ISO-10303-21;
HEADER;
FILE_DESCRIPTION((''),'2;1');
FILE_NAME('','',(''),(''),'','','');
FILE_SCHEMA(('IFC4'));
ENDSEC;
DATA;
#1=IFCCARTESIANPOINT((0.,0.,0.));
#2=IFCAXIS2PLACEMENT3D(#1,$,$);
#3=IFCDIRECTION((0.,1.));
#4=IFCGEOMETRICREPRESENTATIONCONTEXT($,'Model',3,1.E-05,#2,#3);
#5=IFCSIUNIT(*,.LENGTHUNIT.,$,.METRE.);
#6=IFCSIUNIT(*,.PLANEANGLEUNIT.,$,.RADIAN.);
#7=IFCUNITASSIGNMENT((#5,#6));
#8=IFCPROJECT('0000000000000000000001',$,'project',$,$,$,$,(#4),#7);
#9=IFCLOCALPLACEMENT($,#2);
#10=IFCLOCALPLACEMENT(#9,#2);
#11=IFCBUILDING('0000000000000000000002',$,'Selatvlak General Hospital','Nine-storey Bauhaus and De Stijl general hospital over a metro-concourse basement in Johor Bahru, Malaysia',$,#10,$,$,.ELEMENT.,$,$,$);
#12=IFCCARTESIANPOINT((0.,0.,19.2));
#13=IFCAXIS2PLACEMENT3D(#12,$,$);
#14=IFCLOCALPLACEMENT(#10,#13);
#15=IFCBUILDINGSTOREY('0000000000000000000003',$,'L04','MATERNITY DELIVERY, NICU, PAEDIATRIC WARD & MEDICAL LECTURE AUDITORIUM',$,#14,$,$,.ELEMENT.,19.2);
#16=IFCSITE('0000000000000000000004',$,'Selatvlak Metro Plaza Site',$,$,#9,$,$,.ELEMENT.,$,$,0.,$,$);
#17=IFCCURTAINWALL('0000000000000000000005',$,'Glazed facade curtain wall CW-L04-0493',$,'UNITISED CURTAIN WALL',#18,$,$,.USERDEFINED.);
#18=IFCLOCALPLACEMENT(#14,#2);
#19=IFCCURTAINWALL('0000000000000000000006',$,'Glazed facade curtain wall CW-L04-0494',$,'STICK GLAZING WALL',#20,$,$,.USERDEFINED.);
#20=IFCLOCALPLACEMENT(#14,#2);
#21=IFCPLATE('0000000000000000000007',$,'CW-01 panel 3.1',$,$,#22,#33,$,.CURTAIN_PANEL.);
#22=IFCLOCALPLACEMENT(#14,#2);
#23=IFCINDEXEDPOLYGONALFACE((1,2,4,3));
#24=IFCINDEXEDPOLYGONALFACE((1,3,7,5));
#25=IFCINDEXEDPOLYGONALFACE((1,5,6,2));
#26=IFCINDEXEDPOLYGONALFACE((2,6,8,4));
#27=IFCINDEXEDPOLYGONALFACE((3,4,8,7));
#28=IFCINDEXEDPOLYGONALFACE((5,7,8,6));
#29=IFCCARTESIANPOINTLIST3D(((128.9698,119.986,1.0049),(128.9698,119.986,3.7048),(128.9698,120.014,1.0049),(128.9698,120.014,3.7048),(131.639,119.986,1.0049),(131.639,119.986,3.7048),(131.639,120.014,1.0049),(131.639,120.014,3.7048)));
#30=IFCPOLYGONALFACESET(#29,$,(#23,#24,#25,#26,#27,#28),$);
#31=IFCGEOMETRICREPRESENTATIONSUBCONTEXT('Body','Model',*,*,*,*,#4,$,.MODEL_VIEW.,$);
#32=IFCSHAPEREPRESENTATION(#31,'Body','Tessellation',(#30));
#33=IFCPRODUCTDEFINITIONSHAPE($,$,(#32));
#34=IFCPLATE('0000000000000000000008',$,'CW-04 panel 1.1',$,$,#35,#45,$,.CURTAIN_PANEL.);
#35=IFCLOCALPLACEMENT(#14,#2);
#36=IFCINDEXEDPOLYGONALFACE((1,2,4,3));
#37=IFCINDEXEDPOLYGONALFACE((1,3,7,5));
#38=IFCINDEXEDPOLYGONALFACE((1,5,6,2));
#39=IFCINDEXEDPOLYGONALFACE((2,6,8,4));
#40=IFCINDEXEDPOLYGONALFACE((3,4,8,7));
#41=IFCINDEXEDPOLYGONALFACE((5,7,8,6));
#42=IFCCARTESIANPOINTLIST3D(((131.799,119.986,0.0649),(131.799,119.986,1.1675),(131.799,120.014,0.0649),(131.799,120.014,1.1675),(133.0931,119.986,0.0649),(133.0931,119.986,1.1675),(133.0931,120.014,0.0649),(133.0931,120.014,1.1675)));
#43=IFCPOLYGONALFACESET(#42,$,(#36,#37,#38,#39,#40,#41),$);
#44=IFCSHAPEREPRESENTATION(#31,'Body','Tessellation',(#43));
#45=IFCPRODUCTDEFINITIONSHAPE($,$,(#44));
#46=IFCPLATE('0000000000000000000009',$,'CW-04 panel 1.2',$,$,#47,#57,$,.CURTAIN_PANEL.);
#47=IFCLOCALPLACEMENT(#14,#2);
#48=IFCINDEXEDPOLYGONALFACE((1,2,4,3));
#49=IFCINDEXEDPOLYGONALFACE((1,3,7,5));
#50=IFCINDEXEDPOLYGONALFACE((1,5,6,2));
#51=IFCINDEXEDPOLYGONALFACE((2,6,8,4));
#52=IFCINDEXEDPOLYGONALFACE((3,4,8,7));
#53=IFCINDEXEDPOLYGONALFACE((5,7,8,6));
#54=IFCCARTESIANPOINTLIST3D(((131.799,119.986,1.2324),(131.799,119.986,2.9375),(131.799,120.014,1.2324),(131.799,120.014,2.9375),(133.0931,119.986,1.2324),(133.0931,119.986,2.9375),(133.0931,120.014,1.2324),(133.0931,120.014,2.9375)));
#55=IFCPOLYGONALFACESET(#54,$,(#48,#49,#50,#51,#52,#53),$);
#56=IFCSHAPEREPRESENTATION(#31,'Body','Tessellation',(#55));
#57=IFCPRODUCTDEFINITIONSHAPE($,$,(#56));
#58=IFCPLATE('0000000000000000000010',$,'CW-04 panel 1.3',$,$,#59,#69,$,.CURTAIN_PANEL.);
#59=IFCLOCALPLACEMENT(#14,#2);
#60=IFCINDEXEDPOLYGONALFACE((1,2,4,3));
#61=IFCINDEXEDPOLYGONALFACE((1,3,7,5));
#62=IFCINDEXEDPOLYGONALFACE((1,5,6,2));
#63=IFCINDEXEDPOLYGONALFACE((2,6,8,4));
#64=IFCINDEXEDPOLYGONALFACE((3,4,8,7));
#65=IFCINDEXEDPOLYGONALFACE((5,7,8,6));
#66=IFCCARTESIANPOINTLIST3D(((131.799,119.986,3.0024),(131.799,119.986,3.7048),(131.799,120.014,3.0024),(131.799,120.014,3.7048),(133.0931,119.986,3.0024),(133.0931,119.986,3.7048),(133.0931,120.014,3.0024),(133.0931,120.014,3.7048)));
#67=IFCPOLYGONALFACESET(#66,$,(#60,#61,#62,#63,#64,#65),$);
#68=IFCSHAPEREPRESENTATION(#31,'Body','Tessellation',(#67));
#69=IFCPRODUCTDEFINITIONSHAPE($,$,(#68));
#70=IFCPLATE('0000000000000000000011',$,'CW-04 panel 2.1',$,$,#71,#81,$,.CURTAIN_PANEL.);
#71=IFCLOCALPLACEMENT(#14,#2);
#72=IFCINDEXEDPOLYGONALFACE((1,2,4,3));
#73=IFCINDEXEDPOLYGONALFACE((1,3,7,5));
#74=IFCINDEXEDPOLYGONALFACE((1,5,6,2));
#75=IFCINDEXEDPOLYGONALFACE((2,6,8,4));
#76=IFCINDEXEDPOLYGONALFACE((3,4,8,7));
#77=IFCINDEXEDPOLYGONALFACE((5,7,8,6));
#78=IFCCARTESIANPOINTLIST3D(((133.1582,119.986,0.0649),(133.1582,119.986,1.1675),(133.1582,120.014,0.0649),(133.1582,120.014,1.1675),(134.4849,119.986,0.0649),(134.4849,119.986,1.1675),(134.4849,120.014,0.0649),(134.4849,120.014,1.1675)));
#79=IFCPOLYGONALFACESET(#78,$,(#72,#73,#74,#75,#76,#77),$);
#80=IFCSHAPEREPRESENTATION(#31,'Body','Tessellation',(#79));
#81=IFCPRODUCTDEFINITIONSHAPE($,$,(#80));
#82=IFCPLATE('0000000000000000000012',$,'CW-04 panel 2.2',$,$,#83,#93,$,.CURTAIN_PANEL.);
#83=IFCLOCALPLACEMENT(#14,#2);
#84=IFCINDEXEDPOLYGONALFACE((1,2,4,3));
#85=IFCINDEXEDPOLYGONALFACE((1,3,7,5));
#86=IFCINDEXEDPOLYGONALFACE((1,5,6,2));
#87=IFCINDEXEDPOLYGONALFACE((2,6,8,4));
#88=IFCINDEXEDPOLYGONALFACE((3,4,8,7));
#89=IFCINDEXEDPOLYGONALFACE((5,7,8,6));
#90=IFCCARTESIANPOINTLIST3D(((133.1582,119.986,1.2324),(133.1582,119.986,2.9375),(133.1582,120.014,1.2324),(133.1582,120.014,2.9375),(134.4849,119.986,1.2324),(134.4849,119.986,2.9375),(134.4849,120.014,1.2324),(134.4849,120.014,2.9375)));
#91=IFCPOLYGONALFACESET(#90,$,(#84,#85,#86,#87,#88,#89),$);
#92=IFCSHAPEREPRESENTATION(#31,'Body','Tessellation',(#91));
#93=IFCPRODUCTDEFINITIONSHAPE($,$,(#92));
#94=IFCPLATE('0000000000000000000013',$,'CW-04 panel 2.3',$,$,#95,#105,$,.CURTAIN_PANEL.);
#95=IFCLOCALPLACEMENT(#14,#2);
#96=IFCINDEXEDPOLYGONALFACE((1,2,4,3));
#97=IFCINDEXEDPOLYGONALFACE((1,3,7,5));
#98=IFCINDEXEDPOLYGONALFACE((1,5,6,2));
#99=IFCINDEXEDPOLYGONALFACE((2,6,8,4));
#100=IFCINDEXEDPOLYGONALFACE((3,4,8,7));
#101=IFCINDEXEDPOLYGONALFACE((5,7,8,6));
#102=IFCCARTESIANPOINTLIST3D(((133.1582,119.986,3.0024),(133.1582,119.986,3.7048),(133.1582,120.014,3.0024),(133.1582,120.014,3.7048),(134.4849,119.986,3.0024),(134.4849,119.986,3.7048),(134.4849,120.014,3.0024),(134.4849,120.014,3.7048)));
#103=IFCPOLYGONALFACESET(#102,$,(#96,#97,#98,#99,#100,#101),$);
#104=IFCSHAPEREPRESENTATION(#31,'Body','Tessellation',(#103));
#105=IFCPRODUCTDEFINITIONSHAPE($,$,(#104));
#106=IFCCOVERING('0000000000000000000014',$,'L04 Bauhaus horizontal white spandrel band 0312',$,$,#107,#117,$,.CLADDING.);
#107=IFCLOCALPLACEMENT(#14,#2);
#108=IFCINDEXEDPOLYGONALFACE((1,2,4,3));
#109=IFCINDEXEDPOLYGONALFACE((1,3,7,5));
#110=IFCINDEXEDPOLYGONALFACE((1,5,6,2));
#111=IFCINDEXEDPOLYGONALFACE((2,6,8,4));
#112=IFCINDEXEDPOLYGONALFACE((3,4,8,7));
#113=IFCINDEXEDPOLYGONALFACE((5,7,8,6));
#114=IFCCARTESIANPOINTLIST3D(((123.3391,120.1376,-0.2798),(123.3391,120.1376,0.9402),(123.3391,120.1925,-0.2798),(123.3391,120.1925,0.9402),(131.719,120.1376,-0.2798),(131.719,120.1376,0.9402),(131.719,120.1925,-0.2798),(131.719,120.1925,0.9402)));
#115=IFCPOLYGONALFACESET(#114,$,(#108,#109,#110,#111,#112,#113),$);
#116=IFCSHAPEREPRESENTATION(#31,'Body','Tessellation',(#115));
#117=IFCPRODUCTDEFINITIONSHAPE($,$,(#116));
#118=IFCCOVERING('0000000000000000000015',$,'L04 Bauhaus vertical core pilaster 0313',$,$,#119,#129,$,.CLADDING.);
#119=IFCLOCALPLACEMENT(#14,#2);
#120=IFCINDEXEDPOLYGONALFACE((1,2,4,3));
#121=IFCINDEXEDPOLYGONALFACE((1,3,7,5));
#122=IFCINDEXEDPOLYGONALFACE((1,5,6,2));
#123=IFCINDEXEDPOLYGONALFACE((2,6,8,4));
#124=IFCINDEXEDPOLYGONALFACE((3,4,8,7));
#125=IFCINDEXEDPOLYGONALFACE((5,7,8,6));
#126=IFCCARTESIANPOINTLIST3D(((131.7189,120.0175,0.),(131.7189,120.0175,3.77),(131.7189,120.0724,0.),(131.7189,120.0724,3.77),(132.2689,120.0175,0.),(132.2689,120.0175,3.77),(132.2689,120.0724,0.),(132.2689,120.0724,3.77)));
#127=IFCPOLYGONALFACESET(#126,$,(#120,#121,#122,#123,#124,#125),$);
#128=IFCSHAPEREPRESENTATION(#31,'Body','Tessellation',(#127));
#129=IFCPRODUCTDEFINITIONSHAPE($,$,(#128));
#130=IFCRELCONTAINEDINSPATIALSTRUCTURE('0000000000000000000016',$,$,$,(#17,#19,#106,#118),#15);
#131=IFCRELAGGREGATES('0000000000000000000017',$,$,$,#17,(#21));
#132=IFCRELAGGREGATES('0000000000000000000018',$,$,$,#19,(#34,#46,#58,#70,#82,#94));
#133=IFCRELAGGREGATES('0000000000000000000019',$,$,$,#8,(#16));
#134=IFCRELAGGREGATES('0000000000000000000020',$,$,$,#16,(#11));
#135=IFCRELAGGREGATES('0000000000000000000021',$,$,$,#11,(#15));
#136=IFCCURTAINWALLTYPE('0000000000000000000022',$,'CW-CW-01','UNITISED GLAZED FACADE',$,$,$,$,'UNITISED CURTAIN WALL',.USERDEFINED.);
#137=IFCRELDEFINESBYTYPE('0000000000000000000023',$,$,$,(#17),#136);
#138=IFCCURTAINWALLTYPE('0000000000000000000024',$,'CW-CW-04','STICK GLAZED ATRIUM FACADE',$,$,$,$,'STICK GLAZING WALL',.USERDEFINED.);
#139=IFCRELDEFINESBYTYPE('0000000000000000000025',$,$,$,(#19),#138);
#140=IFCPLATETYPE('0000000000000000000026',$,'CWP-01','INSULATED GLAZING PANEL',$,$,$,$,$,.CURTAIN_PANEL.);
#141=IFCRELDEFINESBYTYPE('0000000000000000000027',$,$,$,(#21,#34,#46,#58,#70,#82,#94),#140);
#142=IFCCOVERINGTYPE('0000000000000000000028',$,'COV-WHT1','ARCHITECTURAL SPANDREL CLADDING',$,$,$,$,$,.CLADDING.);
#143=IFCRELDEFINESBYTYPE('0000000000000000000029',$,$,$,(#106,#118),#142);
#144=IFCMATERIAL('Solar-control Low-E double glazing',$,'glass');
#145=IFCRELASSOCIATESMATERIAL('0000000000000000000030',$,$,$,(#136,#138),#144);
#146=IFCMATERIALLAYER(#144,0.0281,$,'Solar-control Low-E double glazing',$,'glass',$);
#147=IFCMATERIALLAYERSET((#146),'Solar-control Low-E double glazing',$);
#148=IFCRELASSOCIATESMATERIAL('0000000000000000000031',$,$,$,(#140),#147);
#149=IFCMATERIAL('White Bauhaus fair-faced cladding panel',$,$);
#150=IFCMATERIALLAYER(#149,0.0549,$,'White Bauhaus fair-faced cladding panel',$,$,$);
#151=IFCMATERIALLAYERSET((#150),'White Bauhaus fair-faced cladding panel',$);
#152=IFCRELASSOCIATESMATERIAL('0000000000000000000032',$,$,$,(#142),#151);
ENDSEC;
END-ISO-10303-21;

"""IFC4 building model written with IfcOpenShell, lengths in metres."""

from ifc_helpers import new_model, si_unit, direction, frame, origin, origin_2d, place, context, subcontext, project, spatial, rectangle, extrude, material, layer, layer_set, type_object, element, aggregate, save


model = new_model("IFC4")

# Units and contexts
model_context = context("Model", 3, precision=1e-05, world=origin(), true_north=direction((0.0, 1.0)))
body_context = subcontext(model_context, "Body", "Model", "MODEL_VIEW")
ifc_project = project(units=[si_unit("LENGTHUNIT", "METRE"), si_unit("PLANEANGLEUNIT", "RADIAN")], contexts=[model_context])

# Site, building, storey
site_placement = place(None, origin())
site = spatial("IfcSite", under=ifc_project, at=site_placement, Name="Selatvlak Metro Plaza Site", CompositionType="ELEMENT", RefElevation=0.0)
building_placement = place(site_placement, origin())
building = spatial("IfcBuilding", under=site, at=building_placement, Name="Selatvlak General Hospital", Description="Nine-storey Bauhaus and De Stijl general hospital over a metro-concourse basement in Johor Bahru, Malaysia", CompositionType="ELEMENT")
storey_placement = place(building_placement, frame((0.0, 0.0, 19.2)))
storey = spatial("IfcBuildingStorey", under=building, at=storey_placement, Name="L04", Description="MATERNITY DELIVERY, NICU, PAEDIATRIC WARD & MEDICAL LECTURE AUDITORIUM", CompositionType="ELEMENT", Elevation=19.2)

# Curtain walls
ifc_material_1 = material(Name="Solar-control Low-E double glazing", Category="glass")
curtain_wall_type_1 = type_object("IfcCurtainWallType", Name="CW-CW-01", Description="UNITISED GLAZED FACADE", ElementType="UNITISED CURTAIN WALL", PredefinedType="USERDEFINED", material=ifc_material_1)
curtain_wall_1_placement = place(storey_placement, origin())
curtain_wall_1 = element("IfcCurtainWall", 1, at=curtain_wall_1_placement, inside=storey, type_object=curtain_wall_type_1, Name="Glazed facade curtain wall CW-L04-0493", ObjectType="UNITISED CURTAIN WALL", PredefinedType="USERDEFINED")
curtain_wall_type_2 = type_object("IfcCurtainWallType", Name="CW-CW-04", Description="STICK GLAZED ATRIUM FACADE", ElementType="STICK GLAZING WALL", PredefinedType="USERDEFINED", material=ifc_material_1)
curtain_wall_2_placement = place(storey_placement, origin())
curtain_wall_2 = element("IfcCurtainWall", 2, at=curtain_wall_2_placement, inside=storey, type_object=curtain_wall_type_2, Name="Glazed facade curtain wall CW-L04-0494", ObjectType="STICK GLAZING WALL", PredefinedType="USERDEFINED")

# Plates
ifc_layer_1 = layer(ifc_material_1, 0.0281, Name="Solar-control Low-E double glazing", Category="glass")
ifc_layer_set_1 = layer_set([ifc_layer_1], Name="Solar-control Low-E double glazing")
plate_type = type_object("IfcPlateType", Name="CWP-01", Description="INSULATED GLAZING PANEL", PredefinedType="CURTAIN_PANEL", material=ifc_layer_set_1)
plate_1_placement = place(storey_placement, frame((130.3044, 120.0, 1.0049), z_axis=(0.0, 0.0, 1.0), x_axis=(1.0, 0.0, 0.0)))
plate_1 = element("IfcPlate", 3, at=plate_1_placement, type_object=plate_type, Name="CW-01 panel 3.1", PredefinedType="CURTAIN_PANEL", context=body_context, shape_type="SweptSolid", body=[
    extrude(rectangle(XDim=2.6692, YDim=0.0281, at=origin_2d()), origin(), (0.0, 0.0, 1.0), 2.7),
])
aggregate(curtain_wall_1, [plate_1])
plate_2_placement = place(storey_placement, frame((132.446, 120.0, 0.0649), z_axis=(0.0, 0.0, 1.0), x_axis=(1.0, 0.0, 0.0)))
plate_2 = element("IfcPlate", 4, at=plate_2_placement, type_object=plate_type, Name="CW-04 panel 1.1", PredefinedType="CURTAIN_PANEL", context=body_context, shape_type="SweptSolid", body=[
    extrude(rectangle(XDim=1.2942, YDim=0.0281, at=origin_2d()), origin(), (0.0, 0.0, 1.0), 1.1025),
])
plate_3_placement = place(storey_placement, frame((132.446, 120.0, 1.2324), z_axis=(0.0, 0.0, 1.0), x_axis=(1.0, 0.0, 0.0)))
plate_3 = element("IfcPlate", 5, at=plate_3_placement, type_object=plate_type, Name="CW-04 panel 1.2", PredefinedType="CURTAIN_PANEL", context=body_context, shape_type="SweptSolid", body=[
    extrude(rectangle(XDim=1.2942, YDim=0.0281, at=origin_2d()), origin(), (0.0, 0.0, 1.0), 1.7051),
])
plate_4_placement = place(storey_placement, frame((132.446, 120.0, 3.0024), z_axis=(0.0, 0.0, 1.0), x_axis=(1.0, 0.0, 0.0)))
plate_4 = element("IfcPlate", 6, at=plate_4_placement, type_object=plate_type, Name="CW-04 panel 1.3", PredefinedType="CURTAIN_PANEL", context=body_context, shape_type="SweptSolid", body=[
    extrude(rectangle(XDim=1.2942, YDim=0.0281, at=origin_2d()), origin(), (0.0, 0.0, 1.0), 0.7024),
])
plate_5_placement = place(storey_placement, frame((133.8215, 120.0, 0.0649), z_axis=(0.0, 0.0, 1.0), x_axis=(1.0, 0.0, 0.0)))
plate_5 = element("IfcPlate", 7, at=plate_5_placement, type_object=plate_type, Name="CW-04 panel 2.1", PredefinedType="CURTAIN_PANEL", context=body_context, shape_type="SweptSolid", body=[
    extrude(rectangle(XDim=1.3267, YDim=0.0281, at=origin_2d()), origin(), (0.0, 0.0, 1.0), 1.1025),
])
plate_6_placement = place(storey_placement, frame((133.8215, 120.0, 1.2324), z_axis=(0.0, 0.0, 1.0), x_axis=(1.0, 0.0, 0.0)))
plate_6 = element("IfcPlate", 8, at=plate_6_placement, type_object=plate_type, Name="CW-04 panel 2.2", PredefinedType="CURTAIN_PANEL", context=body_context, shape_type="SweptSolid", body=[
    extrude(rectangle(XDim=1.3267, YDim=0.0281, at=origin_2d()), origin(), (0.0, 0.0, 1.0), 1.7051),
])
plate_7_placement = place(storey_placement, frame((133.8215, 120.0, 3.0024), z_axis=(0.0, 0.0, 1.0), x_axis=(1.0, 0.0, 0.0)))
plate_7 = element("IfcPlate", 9, at=plate_7_placement, type_object=plate_type, Name="CW-04 panel 2.3", PredefinedType="CURTAIN_PANEL", context=body_context, shape_type="SweptSolid", body=[
    extrude(rectangle(XDim=1.3267, YDim=0.0281, at=origin_2d()), origin(), (0.0, 0.0, 1.0), 0.7024),
])
aggregate(curtain_wall_2, [plate_2, plate_3, plate_4, plate_5, plate_6, plate_7])

# Coverings
ifc_material_2 = material(Name="White Bauhaus fair-faced cladding panel")
ifc_layer_2 = layer(ifc_material_2, 0.0549, Name="White Bauhaus fair-faced cladding panel")
ifc_layer_set_2 = layer_set([ifc_layer_2], Name="White Bauhaus fair-faced cladding panel")
covering_type = type_object("IfcCoveringType", Name="COV-WHT1", Description="ARCHITECTURAL SPANDREL CLADDING", PredefinedType="CLADDING", material=ifc_layer_set_2)
covering_1_placement = place(storey_placement, frame((127.5291, 120.165, -0.2798), z_axis=(0.0, 0.0, 1.0), x_axis=(1.0, 0.0, 0.0)))
element("IfcCovering", 10, at=covering_1_placement, inside=storey, type_object=covering_type, Name="L04 Bauhaus horizontal white spandrel band 0312", PredefinedType="CLADDING", context=body_context, shape_type="SweptSolid", body=[
    extrude(rectangle(XDim=8.3799, YDim=0.0549, at=origin_2d()), origin(), (0.0, 0.0, 1.0), 1.22),
])
covering_2_placement = place(storey_placement, frame((131.9939, 120.0449, 0.0), z_axis=(0.0, 0.0, 1.0), x_axis=(1.0, 0.0, 0.0)))
element("IfcCovering", 11, at=covering_2_placement, inside=storey, type_object=covering_type, Name="L04 Bauhaus vertical core pilaster 0313", PredefinedType="CLADDING", context=body_context, shape_type="SweptSolid", body=[
    extrude(rectangle(XDim=0.55, YDim=0.0549, at=origin_2d()), origin(), (0.0, 0.0, 1.0), 3.77),
])

save(model, "model.ifc")
